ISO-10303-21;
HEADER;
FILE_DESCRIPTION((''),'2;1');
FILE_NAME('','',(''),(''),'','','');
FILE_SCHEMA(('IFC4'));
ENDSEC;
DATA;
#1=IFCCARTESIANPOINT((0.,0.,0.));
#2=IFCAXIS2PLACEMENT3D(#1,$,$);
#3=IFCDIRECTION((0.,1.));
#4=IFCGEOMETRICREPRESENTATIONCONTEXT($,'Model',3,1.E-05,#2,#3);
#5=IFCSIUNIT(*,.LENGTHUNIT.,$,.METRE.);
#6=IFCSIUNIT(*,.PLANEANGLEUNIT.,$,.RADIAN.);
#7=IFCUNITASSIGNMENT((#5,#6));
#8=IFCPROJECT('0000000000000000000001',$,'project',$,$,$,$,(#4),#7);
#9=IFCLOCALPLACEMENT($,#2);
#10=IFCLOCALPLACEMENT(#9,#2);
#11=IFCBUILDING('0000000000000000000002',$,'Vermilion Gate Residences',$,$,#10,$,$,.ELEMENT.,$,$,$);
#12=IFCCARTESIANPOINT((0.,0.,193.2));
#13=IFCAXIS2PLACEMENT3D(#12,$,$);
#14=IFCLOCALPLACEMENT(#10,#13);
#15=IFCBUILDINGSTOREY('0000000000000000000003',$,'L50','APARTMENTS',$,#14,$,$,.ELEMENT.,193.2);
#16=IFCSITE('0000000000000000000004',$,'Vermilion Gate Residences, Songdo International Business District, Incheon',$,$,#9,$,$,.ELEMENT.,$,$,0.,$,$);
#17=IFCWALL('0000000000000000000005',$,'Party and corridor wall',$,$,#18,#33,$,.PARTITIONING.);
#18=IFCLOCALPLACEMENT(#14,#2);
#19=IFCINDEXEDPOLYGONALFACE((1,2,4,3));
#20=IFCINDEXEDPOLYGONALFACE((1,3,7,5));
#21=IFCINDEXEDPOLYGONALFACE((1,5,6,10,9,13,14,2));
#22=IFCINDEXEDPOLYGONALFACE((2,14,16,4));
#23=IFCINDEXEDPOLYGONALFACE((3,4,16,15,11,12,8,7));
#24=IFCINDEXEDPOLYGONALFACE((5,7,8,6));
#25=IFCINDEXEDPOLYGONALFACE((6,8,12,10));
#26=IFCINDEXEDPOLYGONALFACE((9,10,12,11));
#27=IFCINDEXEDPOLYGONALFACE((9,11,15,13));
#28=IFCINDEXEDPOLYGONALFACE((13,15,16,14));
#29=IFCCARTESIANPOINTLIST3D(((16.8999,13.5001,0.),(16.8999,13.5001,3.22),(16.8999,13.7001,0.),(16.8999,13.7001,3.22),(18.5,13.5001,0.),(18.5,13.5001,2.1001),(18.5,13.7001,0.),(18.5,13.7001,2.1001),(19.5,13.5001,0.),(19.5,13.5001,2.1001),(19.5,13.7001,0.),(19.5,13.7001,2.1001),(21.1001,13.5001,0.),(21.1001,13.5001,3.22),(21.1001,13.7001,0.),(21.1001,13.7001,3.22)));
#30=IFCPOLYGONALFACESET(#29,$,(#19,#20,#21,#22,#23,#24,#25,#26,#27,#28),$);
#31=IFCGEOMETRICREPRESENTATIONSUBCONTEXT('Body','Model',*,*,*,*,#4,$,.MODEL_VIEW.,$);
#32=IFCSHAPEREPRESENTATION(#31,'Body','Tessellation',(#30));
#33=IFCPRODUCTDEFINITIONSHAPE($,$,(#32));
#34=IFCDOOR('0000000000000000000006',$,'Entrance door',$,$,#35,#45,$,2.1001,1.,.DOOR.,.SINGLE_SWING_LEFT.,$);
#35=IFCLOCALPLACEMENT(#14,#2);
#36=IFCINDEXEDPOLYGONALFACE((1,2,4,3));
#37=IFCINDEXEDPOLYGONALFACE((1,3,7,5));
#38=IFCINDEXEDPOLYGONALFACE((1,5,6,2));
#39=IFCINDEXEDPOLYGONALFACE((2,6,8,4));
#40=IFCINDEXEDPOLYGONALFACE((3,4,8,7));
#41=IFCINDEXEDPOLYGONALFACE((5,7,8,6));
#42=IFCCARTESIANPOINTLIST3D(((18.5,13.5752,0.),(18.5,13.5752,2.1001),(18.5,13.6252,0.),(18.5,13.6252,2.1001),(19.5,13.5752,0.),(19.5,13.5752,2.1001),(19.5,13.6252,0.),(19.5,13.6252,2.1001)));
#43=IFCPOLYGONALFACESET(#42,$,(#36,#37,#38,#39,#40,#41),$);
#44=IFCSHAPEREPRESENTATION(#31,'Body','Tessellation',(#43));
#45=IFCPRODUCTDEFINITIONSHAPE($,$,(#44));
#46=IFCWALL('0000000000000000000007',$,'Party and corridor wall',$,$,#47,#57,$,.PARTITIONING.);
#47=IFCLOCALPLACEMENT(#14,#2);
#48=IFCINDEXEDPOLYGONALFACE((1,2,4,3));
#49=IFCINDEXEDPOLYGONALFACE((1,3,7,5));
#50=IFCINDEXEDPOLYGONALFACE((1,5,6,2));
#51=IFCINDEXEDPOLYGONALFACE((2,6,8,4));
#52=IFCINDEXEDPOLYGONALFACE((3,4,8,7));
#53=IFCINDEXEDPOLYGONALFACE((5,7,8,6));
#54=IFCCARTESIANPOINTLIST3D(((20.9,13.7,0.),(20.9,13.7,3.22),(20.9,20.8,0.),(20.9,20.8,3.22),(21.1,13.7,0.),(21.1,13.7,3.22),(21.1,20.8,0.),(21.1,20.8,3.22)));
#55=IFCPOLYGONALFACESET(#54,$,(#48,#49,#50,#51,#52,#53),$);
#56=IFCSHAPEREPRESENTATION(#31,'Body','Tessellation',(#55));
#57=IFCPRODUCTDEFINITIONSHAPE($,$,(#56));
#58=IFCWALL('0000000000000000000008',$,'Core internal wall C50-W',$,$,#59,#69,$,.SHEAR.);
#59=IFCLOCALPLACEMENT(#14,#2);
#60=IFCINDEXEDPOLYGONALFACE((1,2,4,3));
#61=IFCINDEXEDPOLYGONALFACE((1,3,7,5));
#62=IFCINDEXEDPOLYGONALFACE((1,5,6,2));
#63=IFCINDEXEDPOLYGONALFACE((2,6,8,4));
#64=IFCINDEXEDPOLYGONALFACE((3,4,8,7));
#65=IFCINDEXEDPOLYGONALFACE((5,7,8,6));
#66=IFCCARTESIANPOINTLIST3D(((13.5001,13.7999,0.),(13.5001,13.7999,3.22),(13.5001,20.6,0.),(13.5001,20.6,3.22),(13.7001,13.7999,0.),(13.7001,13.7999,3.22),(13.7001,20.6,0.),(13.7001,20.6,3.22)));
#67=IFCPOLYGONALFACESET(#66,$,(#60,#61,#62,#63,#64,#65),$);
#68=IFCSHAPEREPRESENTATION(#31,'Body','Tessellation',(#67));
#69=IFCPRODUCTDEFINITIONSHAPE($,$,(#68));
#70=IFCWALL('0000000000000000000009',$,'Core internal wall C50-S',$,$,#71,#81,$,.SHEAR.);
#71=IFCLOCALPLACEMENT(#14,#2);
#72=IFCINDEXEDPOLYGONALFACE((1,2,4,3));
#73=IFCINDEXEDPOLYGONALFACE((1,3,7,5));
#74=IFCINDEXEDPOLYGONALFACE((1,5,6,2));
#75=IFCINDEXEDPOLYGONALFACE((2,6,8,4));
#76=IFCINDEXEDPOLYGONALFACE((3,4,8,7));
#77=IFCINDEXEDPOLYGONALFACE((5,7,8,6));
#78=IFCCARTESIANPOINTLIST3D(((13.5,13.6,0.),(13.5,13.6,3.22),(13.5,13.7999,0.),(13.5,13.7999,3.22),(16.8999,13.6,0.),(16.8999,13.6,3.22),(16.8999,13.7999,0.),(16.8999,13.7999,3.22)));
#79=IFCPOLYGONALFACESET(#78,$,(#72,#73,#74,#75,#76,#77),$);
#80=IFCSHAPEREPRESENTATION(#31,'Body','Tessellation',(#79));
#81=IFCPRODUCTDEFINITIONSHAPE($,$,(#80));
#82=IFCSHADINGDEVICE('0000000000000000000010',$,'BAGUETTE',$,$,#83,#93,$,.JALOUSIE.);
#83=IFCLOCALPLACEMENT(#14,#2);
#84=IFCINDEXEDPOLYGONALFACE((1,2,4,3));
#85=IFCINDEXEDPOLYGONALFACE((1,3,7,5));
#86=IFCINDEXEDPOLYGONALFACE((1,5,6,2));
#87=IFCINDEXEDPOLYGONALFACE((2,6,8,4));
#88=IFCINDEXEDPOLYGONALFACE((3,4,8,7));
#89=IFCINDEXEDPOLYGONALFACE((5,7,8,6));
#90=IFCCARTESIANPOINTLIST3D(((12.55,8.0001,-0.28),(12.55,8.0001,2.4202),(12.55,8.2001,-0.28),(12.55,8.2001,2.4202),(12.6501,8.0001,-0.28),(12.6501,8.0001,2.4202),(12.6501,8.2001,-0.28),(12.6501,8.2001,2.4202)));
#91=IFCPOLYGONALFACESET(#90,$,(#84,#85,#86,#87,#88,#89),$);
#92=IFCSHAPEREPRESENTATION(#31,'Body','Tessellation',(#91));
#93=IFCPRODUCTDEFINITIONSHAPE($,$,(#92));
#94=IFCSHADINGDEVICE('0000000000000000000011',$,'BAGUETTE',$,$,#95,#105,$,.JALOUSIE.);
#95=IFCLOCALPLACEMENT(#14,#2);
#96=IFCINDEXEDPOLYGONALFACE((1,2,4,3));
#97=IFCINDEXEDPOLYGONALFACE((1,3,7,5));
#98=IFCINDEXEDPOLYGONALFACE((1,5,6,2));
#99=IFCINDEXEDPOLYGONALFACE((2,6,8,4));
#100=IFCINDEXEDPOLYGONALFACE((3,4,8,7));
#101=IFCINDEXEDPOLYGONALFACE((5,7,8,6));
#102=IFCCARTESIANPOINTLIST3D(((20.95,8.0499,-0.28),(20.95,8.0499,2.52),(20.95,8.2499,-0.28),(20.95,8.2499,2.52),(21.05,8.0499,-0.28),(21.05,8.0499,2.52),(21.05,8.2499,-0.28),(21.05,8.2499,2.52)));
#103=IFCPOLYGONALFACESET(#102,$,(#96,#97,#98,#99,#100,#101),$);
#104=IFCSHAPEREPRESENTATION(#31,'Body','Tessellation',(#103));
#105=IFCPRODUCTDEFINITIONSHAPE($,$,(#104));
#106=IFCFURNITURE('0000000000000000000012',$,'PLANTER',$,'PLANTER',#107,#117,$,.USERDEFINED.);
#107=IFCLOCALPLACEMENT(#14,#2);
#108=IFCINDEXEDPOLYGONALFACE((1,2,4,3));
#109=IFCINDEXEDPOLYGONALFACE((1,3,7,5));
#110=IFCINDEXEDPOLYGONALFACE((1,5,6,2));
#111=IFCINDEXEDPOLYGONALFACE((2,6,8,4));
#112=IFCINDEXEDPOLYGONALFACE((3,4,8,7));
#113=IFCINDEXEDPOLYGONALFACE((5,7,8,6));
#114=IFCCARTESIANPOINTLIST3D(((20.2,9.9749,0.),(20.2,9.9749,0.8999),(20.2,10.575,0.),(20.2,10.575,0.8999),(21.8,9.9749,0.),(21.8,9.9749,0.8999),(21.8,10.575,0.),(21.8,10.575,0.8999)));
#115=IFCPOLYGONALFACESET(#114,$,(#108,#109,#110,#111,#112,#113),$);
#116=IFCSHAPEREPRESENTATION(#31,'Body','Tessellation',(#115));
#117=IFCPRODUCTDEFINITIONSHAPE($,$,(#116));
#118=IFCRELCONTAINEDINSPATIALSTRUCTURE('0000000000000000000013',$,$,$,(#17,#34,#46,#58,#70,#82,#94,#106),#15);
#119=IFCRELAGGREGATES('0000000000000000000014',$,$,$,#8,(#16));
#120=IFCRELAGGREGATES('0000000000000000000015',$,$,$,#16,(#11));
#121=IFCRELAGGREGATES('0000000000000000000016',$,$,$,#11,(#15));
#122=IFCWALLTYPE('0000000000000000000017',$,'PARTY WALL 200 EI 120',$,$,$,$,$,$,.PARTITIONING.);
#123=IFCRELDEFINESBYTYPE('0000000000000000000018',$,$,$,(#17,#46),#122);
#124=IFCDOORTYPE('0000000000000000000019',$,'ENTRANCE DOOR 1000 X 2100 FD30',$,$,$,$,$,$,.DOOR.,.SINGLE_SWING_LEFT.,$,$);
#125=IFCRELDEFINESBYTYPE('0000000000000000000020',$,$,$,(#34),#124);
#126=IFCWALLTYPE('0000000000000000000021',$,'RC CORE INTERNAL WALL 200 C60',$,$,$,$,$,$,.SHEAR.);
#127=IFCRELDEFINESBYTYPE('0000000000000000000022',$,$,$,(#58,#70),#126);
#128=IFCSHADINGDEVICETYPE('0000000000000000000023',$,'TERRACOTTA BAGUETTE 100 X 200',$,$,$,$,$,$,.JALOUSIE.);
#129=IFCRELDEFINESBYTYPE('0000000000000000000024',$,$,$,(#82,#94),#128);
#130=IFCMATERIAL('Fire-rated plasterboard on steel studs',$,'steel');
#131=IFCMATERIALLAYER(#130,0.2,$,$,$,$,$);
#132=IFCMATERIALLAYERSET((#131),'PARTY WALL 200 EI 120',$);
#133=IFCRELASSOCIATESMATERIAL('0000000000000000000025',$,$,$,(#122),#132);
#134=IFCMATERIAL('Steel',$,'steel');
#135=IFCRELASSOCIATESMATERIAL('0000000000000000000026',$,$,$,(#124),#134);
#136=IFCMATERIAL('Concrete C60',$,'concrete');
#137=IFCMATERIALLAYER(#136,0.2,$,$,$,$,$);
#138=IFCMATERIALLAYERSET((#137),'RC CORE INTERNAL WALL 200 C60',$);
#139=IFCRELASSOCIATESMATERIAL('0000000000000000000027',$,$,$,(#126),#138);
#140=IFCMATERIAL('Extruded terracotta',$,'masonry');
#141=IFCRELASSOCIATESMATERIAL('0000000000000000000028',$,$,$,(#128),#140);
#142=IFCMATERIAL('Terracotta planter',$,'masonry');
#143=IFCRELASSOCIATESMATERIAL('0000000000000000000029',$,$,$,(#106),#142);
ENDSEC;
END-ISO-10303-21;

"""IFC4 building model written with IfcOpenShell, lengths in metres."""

from ifc_helpers import new_model, si_unit, direction, frame, frame_2d, origin, origin_2d, place, context, subcontext, project, spatial, rectangle, extrude, material, layer, layer_set, material_profile, profile_set, type_object, element, fill, save


model = new_model("IFC4")

# Units and contexts
model_context = context("Model", 3, precision=1e-05, world=origin(), true_north=direction((0.0, 1.0)))
body_context = subcontext(model_context, "Body", "Model", "MODEL_VIEW")
ifc_project = project(units=[si_unit("LENGTHUNIT", "METRE"), si_unit("PLANEANGLEUNIT", "RADIAN")], contexts=[model_context])

# Site, building, storey
site_placement = place(None, origin())
site = spatial("IfcSite", under=ifc_project, at=site_placement, Name="Vermilion Gate Residences, Songdo International Business District, Incheon", CompositionType="ELEMENT", RefElevation=0.0)
building_placement = place(site_placement, origin())
building = spatial("IfcBuilding", under=site, at=building_placement, Name="Vermilion Gate Residences", CompositionType="ELEMENT")
storey_placement = place(building_placement, frame((0.0, 0.0, 193.2)))
storey = spatial("IfcBuildingStorey", under=building, at=storey_placement, Name="L50", Description="APARTMENTS", CompositionType="ELEMENT", Elevation=193.2)

# Wall, opening, door
ifc_material_1 = material(Name="Fire-rated plasterboard on steel studs", Category="steel")
ifc_layer_1 = layer(ifc_material_1, 0.2)
ifc_layer_set_1 = layer_set([ifc_layer_1], Name="PARTY WALL 200 EI 120")
wall_type_1 = type_object("IfcWallType", Name="PARTY WALL 200 EI 120", PredefinedType="PARTITIONING", material=ifc_layer_set_1)
wall_1_placement = place(storey_placement, frame((16.8999, 13.6001, 0.0), z_axis=(0.0, 0.0, 1.0), x_axis=(1.0, 0.0, 0.0)))
wall_1 = element("IfcWall", 1, at=wall_1_placement, inside=storey, type_object=wall_type_1, Name="Party and corridor wall", PredefinedType="PARTITIONING", context=body_context, shape_type="SweptSolid", body=[
    extrude(rectangle(XDim=4.2002, YDim=0.2, at=frame_2d((2.1001, 0.0))), origin(), (0.0, 0.0, 1.0), 3.22),
])
opening_1_placement = place(wall_1_placement, frame((1.6001, 0.0, 0.0)))
opening_1 = element("IfcOpeningElement", 2, at=opening_1_placement, cuts=wall_1, PredefinedType="OPENING", context=body_context, shape_type="SweptSolid", body=[
    extrude(rectangle(XDim=1.0, YDim=2.1001, at=frame_2d((0.5, 1.05))), frame((0.0, 0.1099, 0.0), z_axis=(0.0, -1.0, 0.0), x_axis=(1.0, 0.0, 0.0)), (0.0, 0.0, 1.0), 0.22),
])
ifc_material_2 = material(Name="Steel", Category="steel")
door_type_1 = type_object("IfcDoorType", Name="ENTRANCE DOOR 1000 X 2100 FD30", OperationType="SINGLE_SWING_LEFT", PredefinedType="DOOR", material=ifc_material_2)
door_1_placement = place(opening_1_placement, frame((1.0, 0.0, 0.0), z_axis=(0.0, 0.0, 1.0), x_axis=(-1.0, 0.0, 0.0)))
door_1 = element("IfcDoor", 3, at=door_1_placement, inside=storey, type_object=door_type_1, Name="Entrance door", OperationType="SINGLE_SWING_LEFT", OverallHeight=2.1001, OverallWidth=1.0, PredefinedType="DOOR", context=body_context, shape_type="SweptSolid", body=[
    extrude(rectangle(XDim=1.0, YDim=2.1001, at=frame_2d((0.5, 1.05))), frame((0.0, 0.0249, 0.0), z_axis=(0.0, -1.0, 0.0), x_axis=(1.0, 0.0, 0.0)), (0.0, 0.0, 1.0), 0.05),
])
fill(opening_1, door_1)

# Walls
wall_2_placement = place(storey_placement, frame((21.0, 13.7, 0.0), z_axis=(0.0, 0.0, 1.0), x_axis=(0.0, 1.0, 0.0)))
element("IfcWall", 4, at=wall_2_placement, inside=storey, type_object=wall_type_1, Name="Party and corridor wall", PredefinedType="PARTITIONING", context=body_context, shape_type="SweptSolid", body=[
    extrude(rectangle(XDim=7.1001, YDim=0.2, at=frame_2d((3.55, 0.0))), origin(), (0.0, 0.0, 1.0), 3.22),
])
ifc_material_3 = material(Name="Concrete C60", Category="concrete")
ifc_layer_2 = layer(ifc_material_3, 0.2)
ifc_layer_set_2 = layer_set([ifc_layer_2], Name="RC CORE INTERNAL WALL 200 C60")
wall_type_2 = type_object("IfcWallType", Name="RC CORE INTERNAL WALL 200 C60", PredefinedType="SHEAR", material=ifc_layer_set_2)
wall_3_placement = place(storey_placement, frame((13.6001, 13.8, 0.0), z_axis=(0.0, 0.0, 1.0), x_axis=(0.0, 1.0, 0.0)))
element("IfcWall", 5, at=wall_3_placement, inside=storey, type_object=wall_type_2, Name="Core internal wall C50-W", PredefinedType="SHEAR", context=body_context, shape_type="SweptSolid", body=[
    extrude(rectangle(XDim=6.8, YDim=0.2, at=frame_2d((3.3999, 0.0))), origin(), (0.0, 0.0, 1.0), 3.22),
])
wall_4_placement = place(storey_placement, frame((13.5, 13.7, 0.0), z_axis=(0.0, 0.0, 1.0), x_axis=(1.0, 0.0, 0.0)))
element("IfcWall", 6, at=wall_4_placement, inside=storey, type_object=wall_type_2, Name="Core internal wall C50-S", PredefinedType="SHEAR", context=body_context, shape_type="SweptSolid", body=[
    extrude(rectangle(XDim=3.3999, YDim=0.2, at=frame_2d((1.7, 0.0))), origin(), (0.0, 0.0, 1.0), 3.22),
])

# Shading devices
ifc_material_4 = material(Name="Extruded terracotta", Category="masonry")
ifc_material_profile_1 = material_profile(ifc_material_4, rectangle(XDim=0.2, YDim=0.1001, at=origin_2d()), Name="BAGUETTE 100 X 200")
ifc_profile_set_1 = profile_set([ifc_material_profile_1], Name="Extruded terracotta")
shading_device_type = type_object("IfcShadingDeviceType", Name="TERRACOTTA BAGUETTE 100 X 200", PredefinedType="JALOUSIE", material=ifc_profile_set_1)
shading_device_1_placement = place(storey_placement, frame((12.6001, 8.1001, -0.28), z_axis=(0.0, 0.0, 1.0), x_axis=(0.0, 1.0, 0.0)))
element("IfcShadingDevice", 7, at=shading_device_1_placement, inside=storey, type_object=shading_device_type, Name="BAGUETTE", PredefinedType="JALOUSIE", context=body_context, shape_type="SweptSolid", body=[
    extrude(rectangle(XDim=0.2, YDim=0.1001, at=origin_2d()), origin(), (0.0, 0.0, 1.0), 2.7002),
])
shading_device_2_placement = place(storey_placement, frame((21.0, 8.1499, -0.28), z_axis=(0.0, 0.0, 1.0), x_axis=(0.0, 1.0, 0.0)))
element("IfcShadingDevice", 8, at=shading_device_2_placement, inside=storey, type_object=shading_device_type, Name="BAGUETTE", PredefinedType="JALOUSIE", context=body_context, shape_type="SweptSolid", body=[
    extrude(rectangle(XDim=0.2, YDim=0.1001, at=origin_2d()), origin(), (0.0, 0.0, 1.0), 2.8),
])

# Furniture
ifc_material_5 = material(Name="Terracotta planter", Category="masonry")
furniture_placement = place(storey_placement, frame((21.0, 10.2749, 0.0), z_axis=(0.0, 0.0, 1.0), x_axis=(1.0, 0.0, 0.0)))
element("IfcFurniture", 9, at=furniture_placement, inside=storey, material=ifc_material_5, Name="PLANTER", ObjectType="PLANTER", PredefinedType="USERDEFINED", context=body_context, shape_type="SweptSolid", body=[
    extrude(rectangle(XDim=1.6001, YDim=0.6001, at=origin_2d()), origin(), (0.0, 0.0, 1.0), 0.8999),
])

save(model, "model.ifc")
